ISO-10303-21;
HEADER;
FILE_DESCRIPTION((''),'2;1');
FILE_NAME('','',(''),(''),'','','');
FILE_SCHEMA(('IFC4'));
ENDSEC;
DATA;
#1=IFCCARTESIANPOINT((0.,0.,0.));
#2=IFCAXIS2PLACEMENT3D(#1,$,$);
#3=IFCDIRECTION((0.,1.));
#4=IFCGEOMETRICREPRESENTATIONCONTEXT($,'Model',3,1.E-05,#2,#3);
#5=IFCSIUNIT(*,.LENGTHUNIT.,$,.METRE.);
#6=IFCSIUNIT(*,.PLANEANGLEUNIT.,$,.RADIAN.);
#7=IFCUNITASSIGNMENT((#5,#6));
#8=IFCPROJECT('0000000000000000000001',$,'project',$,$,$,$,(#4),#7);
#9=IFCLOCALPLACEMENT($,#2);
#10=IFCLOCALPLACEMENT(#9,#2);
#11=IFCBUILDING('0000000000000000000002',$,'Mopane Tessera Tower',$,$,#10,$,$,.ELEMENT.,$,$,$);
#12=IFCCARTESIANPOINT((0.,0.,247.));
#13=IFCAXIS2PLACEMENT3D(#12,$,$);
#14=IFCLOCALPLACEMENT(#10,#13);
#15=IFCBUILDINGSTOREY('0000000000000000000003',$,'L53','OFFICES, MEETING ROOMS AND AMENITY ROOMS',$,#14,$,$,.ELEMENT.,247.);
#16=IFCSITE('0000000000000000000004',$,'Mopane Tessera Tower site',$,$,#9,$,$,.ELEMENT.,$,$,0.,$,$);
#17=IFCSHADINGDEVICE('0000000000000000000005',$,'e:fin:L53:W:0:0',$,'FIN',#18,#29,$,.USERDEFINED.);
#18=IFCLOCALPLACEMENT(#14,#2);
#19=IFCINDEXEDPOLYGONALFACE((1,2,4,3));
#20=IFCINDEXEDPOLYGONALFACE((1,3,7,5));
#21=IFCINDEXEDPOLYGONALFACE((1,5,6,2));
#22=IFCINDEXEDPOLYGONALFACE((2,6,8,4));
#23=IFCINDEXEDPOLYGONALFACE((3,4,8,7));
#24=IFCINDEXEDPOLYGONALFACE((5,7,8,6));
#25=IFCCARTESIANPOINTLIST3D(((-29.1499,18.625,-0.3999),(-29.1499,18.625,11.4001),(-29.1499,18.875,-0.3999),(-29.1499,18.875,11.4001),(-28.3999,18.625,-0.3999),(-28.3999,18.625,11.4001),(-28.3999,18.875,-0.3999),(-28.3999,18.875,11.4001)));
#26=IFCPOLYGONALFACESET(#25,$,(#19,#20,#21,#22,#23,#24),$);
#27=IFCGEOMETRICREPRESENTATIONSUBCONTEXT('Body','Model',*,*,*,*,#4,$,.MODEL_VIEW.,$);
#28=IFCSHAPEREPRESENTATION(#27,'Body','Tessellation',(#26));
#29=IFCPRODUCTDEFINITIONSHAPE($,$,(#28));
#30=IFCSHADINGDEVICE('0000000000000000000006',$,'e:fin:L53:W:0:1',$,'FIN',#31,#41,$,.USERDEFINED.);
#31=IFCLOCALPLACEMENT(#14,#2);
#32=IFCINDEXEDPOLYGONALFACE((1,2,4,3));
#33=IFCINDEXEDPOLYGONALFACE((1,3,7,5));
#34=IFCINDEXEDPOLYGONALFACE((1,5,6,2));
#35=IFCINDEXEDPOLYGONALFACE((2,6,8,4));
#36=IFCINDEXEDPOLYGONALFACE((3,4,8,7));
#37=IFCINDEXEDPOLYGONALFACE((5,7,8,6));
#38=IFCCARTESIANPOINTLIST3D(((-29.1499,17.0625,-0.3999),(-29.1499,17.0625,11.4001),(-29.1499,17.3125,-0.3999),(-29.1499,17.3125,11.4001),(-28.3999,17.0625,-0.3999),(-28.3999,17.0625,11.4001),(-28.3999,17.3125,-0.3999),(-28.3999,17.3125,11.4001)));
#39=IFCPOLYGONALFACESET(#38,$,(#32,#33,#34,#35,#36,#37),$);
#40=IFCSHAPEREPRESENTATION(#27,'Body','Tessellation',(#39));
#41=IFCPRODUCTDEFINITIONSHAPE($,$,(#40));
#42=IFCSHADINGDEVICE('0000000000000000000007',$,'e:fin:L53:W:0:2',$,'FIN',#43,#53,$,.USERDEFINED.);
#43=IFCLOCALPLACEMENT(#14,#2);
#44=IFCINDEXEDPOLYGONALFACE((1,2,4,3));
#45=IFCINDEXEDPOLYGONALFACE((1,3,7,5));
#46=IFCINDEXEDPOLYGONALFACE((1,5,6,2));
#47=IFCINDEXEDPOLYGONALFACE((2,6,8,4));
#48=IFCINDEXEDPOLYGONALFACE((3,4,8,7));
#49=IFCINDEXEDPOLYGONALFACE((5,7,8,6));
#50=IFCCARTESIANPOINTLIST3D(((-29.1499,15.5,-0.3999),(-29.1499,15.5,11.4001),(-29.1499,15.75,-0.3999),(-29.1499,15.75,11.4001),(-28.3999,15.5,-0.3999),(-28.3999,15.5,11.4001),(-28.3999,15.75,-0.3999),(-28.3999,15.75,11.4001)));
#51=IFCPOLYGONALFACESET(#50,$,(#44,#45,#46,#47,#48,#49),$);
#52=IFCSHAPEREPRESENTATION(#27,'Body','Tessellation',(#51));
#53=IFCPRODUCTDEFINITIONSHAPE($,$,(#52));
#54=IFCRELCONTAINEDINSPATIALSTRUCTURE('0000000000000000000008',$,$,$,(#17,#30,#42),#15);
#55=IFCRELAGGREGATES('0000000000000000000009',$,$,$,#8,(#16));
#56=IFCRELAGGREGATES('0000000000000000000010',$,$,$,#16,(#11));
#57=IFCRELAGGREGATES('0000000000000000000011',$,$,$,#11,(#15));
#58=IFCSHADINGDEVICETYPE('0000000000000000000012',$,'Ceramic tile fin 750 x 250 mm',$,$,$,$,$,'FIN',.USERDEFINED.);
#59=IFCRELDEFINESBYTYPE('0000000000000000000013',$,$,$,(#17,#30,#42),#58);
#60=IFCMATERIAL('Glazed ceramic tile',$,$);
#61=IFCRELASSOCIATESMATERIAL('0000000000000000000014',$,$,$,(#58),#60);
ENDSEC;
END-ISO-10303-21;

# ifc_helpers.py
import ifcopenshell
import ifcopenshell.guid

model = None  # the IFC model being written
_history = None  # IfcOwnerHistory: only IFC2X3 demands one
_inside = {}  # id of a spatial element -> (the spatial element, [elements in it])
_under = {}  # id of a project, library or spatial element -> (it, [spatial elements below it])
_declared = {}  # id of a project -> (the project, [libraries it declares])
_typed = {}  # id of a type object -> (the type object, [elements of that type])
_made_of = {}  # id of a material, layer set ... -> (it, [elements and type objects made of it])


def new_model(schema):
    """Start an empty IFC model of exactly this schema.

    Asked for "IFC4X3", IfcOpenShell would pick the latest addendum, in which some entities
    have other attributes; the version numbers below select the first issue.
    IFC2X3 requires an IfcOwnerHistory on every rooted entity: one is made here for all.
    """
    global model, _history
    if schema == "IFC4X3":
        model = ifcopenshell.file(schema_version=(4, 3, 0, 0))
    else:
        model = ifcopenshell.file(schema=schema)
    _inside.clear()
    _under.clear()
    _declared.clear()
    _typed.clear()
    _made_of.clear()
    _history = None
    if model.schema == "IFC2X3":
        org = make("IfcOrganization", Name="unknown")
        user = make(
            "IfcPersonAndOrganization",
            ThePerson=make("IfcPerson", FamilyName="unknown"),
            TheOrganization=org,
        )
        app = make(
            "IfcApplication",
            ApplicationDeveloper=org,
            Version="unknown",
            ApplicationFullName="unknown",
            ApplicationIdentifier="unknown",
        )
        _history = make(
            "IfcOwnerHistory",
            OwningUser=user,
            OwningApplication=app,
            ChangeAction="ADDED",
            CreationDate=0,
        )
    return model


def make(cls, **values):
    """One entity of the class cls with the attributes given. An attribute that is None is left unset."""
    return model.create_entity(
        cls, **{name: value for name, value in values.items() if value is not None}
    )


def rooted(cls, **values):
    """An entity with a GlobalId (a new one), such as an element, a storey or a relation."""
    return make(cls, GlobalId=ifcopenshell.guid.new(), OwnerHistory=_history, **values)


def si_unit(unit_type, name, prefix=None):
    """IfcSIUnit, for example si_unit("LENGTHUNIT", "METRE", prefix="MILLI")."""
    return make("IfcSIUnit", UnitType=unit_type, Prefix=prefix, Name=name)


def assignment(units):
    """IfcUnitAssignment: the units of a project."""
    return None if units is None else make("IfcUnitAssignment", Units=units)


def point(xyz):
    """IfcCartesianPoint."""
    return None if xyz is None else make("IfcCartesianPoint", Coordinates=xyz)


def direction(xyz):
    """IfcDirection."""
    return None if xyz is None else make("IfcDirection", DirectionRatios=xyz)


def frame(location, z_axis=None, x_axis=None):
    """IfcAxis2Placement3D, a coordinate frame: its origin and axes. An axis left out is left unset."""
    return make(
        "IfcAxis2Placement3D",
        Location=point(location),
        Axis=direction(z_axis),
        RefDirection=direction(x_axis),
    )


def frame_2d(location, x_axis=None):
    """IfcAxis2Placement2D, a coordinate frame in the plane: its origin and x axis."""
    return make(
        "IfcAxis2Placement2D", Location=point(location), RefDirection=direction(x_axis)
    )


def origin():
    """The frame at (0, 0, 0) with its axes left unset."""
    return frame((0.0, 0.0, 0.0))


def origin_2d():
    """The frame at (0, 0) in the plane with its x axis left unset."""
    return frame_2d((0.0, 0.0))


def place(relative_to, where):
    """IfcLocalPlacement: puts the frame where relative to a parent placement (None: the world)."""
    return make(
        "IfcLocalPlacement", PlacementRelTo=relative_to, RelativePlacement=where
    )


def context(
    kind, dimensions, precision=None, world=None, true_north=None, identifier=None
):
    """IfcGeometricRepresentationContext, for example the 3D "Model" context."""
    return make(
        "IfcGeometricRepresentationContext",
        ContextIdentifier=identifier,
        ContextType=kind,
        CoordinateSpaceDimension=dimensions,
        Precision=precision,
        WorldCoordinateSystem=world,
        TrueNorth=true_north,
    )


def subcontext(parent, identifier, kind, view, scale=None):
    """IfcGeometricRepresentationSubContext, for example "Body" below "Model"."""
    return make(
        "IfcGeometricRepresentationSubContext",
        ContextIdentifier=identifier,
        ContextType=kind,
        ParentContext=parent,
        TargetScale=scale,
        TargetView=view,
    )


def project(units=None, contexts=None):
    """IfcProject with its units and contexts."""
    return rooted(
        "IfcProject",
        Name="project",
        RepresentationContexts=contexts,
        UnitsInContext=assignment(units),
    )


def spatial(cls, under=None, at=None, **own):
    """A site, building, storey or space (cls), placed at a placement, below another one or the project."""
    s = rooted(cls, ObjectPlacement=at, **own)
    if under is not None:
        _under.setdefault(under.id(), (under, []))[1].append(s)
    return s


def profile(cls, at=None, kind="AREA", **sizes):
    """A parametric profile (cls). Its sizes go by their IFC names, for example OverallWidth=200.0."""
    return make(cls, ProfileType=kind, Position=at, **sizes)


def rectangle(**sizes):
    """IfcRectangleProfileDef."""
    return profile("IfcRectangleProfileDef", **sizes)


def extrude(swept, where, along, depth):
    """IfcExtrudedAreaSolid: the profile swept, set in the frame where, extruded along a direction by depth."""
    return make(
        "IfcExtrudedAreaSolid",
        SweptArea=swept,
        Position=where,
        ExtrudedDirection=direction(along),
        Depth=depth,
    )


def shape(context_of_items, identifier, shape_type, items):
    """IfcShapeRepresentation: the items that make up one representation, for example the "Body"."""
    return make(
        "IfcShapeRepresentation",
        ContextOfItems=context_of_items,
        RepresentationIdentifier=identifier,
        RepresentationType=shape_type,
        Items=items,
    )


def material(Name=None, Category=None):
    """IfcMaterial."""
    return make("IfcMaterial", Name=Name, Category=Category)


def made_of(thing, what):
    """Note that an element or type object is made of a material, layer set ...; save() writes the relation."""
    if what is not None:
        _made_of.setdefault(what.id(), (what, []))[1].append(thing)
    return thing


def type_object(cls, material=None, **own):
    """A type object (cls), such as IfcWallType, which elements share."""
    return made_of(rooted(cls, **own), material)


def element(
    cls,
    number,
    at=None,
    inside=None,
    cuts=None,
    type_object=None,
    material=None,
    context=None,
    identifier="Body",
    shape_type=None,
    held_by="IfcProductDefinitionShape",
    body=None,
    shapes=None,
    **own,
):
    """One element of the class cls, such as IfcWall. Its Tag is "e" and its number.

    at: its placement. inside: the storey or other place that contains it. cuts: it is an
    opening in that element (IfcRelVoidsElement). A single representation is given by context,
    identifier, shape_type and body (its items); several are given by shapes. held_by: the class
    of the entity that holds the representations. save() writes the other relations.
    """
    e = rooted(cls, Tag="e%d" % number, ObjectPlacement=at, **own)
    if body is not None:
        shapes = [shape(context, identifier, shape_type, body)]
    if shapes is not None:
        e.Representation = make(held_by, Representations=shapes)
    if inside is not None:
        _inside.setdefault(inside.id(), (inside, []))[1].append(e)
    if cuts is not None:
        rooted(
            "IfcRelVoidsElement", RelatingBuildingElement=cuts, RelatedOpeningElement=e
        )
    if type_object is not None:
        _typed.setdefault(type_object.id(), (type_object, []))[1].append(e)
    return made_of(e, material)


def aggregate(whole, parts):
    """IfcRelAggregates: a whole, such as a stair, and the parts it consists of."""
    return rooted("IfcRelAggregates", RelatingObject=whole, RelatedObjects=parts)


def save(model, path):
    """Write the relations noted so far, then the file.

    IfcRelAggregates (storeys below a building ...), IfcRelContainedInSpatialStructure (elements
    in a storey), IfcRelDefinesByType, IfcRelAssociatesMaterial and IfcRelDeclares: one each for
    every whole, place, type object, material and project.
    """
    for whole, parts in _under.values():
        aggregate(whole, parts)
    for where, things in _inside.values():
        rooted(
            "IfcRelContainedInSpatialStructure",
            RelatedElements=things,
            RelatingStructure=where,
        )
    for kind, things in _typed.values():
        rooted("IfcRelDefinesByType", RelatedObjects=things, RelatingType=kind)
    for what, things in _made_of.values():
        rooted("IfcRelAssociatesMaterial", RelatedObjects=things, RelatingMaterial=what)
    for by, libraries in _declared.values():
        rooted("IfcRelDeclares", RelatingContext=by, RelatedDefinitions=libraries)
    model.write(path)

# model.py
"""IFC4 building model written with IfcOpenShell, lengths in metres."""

from ifc_helpers import new_model, si_unit, direction, frame, origin, origin_2d, place, context, subcontext, project, spatial, rectangle, extrude, material, type_object, element, save


model = new_model("IFC4")

# Units and contexts
model_context = context("Model", 3, precision=1e-05, world=origin(), true_north=direction((0.0, 1.0)))
body_context = subcontext(model_context, "Body", "Model", "MODEL_VIEW")
ifc_project = project(units=[si_unit("LENGTHUNIT", "METRE"), si_unit("PLANEANGLEUNIT", "RADIAN")], contexts=[model_context])

# Site, building, storey
site_placement = place(None, origin())
site = spatial("IfcSite", under=ifc_project, at=site_placement, Name="Mopane Tessera Tower site", CompositionType="ELEMENT", RefElevation=0.0)
building_placement = place(site_placement, origin())
building = spatial("IfcBuilding", under=site, at=building_placement, Name="Mopane Tessera Tower", CompositionType="ELEMENT")
storey_placement = place(building_placement, frame((0.0, 0.0, 247.0)))
storey = spatial("IfcBuildingStorey", under=building, at=storey_placement, Name="L53", Description="OFFICES, MEETING ROOMS AND AMENITY ROOMS", CompositionType="ELEMENT", Elevation=247.0)

# Shading devices
ifc_material_1 = material(Name="Glazed ceramic tile")
shading_device_type = type_object("IfcShadingDeviceType", Name="Ceramic tile fin 750 x 250 mm", ElementType="FIN", PredefinedType="USERDEFINED", material=ifc_material_1)
for number, where, z_axis, x_axis, name in (
    (1, (-28.7749, 18.75, -0.3999), (0.0, 0.0, 1.0), (0.0, -1.0, 0.0), "e:fin:L53:W:0:0"),
    (2, (-28.7749, 17.1875, -0.3999), (0.0, 0.0, 1.0), (0.0, -1.0, 0.0), "e:fin:L53:W:0:1"),
    (3, (-28.7749, 15.625, -0.3999), (0.0, 0.0, 1.0), (0.0, -1.0, 0.0), "e:fin:L53:W:0:2"),
):
    element("IfcShadingDevice", number, at=place(storey_placement, frame(where, z_axis=z_axis, x_axis=x_axis)), inside=storey, type_object=shading_device_type, Name=name, ObjectType="FIN", PredefinedType="USERDEFINED", context=body_context, shape_type="SweptSolid", body=[
        extrude(rectangle(XDim=0.25, YDim=0.75, at=origin_2d()), origin(), (0.0, 0.0, 1.0), 11.8),
    ])

save(model, "model.ifc")
